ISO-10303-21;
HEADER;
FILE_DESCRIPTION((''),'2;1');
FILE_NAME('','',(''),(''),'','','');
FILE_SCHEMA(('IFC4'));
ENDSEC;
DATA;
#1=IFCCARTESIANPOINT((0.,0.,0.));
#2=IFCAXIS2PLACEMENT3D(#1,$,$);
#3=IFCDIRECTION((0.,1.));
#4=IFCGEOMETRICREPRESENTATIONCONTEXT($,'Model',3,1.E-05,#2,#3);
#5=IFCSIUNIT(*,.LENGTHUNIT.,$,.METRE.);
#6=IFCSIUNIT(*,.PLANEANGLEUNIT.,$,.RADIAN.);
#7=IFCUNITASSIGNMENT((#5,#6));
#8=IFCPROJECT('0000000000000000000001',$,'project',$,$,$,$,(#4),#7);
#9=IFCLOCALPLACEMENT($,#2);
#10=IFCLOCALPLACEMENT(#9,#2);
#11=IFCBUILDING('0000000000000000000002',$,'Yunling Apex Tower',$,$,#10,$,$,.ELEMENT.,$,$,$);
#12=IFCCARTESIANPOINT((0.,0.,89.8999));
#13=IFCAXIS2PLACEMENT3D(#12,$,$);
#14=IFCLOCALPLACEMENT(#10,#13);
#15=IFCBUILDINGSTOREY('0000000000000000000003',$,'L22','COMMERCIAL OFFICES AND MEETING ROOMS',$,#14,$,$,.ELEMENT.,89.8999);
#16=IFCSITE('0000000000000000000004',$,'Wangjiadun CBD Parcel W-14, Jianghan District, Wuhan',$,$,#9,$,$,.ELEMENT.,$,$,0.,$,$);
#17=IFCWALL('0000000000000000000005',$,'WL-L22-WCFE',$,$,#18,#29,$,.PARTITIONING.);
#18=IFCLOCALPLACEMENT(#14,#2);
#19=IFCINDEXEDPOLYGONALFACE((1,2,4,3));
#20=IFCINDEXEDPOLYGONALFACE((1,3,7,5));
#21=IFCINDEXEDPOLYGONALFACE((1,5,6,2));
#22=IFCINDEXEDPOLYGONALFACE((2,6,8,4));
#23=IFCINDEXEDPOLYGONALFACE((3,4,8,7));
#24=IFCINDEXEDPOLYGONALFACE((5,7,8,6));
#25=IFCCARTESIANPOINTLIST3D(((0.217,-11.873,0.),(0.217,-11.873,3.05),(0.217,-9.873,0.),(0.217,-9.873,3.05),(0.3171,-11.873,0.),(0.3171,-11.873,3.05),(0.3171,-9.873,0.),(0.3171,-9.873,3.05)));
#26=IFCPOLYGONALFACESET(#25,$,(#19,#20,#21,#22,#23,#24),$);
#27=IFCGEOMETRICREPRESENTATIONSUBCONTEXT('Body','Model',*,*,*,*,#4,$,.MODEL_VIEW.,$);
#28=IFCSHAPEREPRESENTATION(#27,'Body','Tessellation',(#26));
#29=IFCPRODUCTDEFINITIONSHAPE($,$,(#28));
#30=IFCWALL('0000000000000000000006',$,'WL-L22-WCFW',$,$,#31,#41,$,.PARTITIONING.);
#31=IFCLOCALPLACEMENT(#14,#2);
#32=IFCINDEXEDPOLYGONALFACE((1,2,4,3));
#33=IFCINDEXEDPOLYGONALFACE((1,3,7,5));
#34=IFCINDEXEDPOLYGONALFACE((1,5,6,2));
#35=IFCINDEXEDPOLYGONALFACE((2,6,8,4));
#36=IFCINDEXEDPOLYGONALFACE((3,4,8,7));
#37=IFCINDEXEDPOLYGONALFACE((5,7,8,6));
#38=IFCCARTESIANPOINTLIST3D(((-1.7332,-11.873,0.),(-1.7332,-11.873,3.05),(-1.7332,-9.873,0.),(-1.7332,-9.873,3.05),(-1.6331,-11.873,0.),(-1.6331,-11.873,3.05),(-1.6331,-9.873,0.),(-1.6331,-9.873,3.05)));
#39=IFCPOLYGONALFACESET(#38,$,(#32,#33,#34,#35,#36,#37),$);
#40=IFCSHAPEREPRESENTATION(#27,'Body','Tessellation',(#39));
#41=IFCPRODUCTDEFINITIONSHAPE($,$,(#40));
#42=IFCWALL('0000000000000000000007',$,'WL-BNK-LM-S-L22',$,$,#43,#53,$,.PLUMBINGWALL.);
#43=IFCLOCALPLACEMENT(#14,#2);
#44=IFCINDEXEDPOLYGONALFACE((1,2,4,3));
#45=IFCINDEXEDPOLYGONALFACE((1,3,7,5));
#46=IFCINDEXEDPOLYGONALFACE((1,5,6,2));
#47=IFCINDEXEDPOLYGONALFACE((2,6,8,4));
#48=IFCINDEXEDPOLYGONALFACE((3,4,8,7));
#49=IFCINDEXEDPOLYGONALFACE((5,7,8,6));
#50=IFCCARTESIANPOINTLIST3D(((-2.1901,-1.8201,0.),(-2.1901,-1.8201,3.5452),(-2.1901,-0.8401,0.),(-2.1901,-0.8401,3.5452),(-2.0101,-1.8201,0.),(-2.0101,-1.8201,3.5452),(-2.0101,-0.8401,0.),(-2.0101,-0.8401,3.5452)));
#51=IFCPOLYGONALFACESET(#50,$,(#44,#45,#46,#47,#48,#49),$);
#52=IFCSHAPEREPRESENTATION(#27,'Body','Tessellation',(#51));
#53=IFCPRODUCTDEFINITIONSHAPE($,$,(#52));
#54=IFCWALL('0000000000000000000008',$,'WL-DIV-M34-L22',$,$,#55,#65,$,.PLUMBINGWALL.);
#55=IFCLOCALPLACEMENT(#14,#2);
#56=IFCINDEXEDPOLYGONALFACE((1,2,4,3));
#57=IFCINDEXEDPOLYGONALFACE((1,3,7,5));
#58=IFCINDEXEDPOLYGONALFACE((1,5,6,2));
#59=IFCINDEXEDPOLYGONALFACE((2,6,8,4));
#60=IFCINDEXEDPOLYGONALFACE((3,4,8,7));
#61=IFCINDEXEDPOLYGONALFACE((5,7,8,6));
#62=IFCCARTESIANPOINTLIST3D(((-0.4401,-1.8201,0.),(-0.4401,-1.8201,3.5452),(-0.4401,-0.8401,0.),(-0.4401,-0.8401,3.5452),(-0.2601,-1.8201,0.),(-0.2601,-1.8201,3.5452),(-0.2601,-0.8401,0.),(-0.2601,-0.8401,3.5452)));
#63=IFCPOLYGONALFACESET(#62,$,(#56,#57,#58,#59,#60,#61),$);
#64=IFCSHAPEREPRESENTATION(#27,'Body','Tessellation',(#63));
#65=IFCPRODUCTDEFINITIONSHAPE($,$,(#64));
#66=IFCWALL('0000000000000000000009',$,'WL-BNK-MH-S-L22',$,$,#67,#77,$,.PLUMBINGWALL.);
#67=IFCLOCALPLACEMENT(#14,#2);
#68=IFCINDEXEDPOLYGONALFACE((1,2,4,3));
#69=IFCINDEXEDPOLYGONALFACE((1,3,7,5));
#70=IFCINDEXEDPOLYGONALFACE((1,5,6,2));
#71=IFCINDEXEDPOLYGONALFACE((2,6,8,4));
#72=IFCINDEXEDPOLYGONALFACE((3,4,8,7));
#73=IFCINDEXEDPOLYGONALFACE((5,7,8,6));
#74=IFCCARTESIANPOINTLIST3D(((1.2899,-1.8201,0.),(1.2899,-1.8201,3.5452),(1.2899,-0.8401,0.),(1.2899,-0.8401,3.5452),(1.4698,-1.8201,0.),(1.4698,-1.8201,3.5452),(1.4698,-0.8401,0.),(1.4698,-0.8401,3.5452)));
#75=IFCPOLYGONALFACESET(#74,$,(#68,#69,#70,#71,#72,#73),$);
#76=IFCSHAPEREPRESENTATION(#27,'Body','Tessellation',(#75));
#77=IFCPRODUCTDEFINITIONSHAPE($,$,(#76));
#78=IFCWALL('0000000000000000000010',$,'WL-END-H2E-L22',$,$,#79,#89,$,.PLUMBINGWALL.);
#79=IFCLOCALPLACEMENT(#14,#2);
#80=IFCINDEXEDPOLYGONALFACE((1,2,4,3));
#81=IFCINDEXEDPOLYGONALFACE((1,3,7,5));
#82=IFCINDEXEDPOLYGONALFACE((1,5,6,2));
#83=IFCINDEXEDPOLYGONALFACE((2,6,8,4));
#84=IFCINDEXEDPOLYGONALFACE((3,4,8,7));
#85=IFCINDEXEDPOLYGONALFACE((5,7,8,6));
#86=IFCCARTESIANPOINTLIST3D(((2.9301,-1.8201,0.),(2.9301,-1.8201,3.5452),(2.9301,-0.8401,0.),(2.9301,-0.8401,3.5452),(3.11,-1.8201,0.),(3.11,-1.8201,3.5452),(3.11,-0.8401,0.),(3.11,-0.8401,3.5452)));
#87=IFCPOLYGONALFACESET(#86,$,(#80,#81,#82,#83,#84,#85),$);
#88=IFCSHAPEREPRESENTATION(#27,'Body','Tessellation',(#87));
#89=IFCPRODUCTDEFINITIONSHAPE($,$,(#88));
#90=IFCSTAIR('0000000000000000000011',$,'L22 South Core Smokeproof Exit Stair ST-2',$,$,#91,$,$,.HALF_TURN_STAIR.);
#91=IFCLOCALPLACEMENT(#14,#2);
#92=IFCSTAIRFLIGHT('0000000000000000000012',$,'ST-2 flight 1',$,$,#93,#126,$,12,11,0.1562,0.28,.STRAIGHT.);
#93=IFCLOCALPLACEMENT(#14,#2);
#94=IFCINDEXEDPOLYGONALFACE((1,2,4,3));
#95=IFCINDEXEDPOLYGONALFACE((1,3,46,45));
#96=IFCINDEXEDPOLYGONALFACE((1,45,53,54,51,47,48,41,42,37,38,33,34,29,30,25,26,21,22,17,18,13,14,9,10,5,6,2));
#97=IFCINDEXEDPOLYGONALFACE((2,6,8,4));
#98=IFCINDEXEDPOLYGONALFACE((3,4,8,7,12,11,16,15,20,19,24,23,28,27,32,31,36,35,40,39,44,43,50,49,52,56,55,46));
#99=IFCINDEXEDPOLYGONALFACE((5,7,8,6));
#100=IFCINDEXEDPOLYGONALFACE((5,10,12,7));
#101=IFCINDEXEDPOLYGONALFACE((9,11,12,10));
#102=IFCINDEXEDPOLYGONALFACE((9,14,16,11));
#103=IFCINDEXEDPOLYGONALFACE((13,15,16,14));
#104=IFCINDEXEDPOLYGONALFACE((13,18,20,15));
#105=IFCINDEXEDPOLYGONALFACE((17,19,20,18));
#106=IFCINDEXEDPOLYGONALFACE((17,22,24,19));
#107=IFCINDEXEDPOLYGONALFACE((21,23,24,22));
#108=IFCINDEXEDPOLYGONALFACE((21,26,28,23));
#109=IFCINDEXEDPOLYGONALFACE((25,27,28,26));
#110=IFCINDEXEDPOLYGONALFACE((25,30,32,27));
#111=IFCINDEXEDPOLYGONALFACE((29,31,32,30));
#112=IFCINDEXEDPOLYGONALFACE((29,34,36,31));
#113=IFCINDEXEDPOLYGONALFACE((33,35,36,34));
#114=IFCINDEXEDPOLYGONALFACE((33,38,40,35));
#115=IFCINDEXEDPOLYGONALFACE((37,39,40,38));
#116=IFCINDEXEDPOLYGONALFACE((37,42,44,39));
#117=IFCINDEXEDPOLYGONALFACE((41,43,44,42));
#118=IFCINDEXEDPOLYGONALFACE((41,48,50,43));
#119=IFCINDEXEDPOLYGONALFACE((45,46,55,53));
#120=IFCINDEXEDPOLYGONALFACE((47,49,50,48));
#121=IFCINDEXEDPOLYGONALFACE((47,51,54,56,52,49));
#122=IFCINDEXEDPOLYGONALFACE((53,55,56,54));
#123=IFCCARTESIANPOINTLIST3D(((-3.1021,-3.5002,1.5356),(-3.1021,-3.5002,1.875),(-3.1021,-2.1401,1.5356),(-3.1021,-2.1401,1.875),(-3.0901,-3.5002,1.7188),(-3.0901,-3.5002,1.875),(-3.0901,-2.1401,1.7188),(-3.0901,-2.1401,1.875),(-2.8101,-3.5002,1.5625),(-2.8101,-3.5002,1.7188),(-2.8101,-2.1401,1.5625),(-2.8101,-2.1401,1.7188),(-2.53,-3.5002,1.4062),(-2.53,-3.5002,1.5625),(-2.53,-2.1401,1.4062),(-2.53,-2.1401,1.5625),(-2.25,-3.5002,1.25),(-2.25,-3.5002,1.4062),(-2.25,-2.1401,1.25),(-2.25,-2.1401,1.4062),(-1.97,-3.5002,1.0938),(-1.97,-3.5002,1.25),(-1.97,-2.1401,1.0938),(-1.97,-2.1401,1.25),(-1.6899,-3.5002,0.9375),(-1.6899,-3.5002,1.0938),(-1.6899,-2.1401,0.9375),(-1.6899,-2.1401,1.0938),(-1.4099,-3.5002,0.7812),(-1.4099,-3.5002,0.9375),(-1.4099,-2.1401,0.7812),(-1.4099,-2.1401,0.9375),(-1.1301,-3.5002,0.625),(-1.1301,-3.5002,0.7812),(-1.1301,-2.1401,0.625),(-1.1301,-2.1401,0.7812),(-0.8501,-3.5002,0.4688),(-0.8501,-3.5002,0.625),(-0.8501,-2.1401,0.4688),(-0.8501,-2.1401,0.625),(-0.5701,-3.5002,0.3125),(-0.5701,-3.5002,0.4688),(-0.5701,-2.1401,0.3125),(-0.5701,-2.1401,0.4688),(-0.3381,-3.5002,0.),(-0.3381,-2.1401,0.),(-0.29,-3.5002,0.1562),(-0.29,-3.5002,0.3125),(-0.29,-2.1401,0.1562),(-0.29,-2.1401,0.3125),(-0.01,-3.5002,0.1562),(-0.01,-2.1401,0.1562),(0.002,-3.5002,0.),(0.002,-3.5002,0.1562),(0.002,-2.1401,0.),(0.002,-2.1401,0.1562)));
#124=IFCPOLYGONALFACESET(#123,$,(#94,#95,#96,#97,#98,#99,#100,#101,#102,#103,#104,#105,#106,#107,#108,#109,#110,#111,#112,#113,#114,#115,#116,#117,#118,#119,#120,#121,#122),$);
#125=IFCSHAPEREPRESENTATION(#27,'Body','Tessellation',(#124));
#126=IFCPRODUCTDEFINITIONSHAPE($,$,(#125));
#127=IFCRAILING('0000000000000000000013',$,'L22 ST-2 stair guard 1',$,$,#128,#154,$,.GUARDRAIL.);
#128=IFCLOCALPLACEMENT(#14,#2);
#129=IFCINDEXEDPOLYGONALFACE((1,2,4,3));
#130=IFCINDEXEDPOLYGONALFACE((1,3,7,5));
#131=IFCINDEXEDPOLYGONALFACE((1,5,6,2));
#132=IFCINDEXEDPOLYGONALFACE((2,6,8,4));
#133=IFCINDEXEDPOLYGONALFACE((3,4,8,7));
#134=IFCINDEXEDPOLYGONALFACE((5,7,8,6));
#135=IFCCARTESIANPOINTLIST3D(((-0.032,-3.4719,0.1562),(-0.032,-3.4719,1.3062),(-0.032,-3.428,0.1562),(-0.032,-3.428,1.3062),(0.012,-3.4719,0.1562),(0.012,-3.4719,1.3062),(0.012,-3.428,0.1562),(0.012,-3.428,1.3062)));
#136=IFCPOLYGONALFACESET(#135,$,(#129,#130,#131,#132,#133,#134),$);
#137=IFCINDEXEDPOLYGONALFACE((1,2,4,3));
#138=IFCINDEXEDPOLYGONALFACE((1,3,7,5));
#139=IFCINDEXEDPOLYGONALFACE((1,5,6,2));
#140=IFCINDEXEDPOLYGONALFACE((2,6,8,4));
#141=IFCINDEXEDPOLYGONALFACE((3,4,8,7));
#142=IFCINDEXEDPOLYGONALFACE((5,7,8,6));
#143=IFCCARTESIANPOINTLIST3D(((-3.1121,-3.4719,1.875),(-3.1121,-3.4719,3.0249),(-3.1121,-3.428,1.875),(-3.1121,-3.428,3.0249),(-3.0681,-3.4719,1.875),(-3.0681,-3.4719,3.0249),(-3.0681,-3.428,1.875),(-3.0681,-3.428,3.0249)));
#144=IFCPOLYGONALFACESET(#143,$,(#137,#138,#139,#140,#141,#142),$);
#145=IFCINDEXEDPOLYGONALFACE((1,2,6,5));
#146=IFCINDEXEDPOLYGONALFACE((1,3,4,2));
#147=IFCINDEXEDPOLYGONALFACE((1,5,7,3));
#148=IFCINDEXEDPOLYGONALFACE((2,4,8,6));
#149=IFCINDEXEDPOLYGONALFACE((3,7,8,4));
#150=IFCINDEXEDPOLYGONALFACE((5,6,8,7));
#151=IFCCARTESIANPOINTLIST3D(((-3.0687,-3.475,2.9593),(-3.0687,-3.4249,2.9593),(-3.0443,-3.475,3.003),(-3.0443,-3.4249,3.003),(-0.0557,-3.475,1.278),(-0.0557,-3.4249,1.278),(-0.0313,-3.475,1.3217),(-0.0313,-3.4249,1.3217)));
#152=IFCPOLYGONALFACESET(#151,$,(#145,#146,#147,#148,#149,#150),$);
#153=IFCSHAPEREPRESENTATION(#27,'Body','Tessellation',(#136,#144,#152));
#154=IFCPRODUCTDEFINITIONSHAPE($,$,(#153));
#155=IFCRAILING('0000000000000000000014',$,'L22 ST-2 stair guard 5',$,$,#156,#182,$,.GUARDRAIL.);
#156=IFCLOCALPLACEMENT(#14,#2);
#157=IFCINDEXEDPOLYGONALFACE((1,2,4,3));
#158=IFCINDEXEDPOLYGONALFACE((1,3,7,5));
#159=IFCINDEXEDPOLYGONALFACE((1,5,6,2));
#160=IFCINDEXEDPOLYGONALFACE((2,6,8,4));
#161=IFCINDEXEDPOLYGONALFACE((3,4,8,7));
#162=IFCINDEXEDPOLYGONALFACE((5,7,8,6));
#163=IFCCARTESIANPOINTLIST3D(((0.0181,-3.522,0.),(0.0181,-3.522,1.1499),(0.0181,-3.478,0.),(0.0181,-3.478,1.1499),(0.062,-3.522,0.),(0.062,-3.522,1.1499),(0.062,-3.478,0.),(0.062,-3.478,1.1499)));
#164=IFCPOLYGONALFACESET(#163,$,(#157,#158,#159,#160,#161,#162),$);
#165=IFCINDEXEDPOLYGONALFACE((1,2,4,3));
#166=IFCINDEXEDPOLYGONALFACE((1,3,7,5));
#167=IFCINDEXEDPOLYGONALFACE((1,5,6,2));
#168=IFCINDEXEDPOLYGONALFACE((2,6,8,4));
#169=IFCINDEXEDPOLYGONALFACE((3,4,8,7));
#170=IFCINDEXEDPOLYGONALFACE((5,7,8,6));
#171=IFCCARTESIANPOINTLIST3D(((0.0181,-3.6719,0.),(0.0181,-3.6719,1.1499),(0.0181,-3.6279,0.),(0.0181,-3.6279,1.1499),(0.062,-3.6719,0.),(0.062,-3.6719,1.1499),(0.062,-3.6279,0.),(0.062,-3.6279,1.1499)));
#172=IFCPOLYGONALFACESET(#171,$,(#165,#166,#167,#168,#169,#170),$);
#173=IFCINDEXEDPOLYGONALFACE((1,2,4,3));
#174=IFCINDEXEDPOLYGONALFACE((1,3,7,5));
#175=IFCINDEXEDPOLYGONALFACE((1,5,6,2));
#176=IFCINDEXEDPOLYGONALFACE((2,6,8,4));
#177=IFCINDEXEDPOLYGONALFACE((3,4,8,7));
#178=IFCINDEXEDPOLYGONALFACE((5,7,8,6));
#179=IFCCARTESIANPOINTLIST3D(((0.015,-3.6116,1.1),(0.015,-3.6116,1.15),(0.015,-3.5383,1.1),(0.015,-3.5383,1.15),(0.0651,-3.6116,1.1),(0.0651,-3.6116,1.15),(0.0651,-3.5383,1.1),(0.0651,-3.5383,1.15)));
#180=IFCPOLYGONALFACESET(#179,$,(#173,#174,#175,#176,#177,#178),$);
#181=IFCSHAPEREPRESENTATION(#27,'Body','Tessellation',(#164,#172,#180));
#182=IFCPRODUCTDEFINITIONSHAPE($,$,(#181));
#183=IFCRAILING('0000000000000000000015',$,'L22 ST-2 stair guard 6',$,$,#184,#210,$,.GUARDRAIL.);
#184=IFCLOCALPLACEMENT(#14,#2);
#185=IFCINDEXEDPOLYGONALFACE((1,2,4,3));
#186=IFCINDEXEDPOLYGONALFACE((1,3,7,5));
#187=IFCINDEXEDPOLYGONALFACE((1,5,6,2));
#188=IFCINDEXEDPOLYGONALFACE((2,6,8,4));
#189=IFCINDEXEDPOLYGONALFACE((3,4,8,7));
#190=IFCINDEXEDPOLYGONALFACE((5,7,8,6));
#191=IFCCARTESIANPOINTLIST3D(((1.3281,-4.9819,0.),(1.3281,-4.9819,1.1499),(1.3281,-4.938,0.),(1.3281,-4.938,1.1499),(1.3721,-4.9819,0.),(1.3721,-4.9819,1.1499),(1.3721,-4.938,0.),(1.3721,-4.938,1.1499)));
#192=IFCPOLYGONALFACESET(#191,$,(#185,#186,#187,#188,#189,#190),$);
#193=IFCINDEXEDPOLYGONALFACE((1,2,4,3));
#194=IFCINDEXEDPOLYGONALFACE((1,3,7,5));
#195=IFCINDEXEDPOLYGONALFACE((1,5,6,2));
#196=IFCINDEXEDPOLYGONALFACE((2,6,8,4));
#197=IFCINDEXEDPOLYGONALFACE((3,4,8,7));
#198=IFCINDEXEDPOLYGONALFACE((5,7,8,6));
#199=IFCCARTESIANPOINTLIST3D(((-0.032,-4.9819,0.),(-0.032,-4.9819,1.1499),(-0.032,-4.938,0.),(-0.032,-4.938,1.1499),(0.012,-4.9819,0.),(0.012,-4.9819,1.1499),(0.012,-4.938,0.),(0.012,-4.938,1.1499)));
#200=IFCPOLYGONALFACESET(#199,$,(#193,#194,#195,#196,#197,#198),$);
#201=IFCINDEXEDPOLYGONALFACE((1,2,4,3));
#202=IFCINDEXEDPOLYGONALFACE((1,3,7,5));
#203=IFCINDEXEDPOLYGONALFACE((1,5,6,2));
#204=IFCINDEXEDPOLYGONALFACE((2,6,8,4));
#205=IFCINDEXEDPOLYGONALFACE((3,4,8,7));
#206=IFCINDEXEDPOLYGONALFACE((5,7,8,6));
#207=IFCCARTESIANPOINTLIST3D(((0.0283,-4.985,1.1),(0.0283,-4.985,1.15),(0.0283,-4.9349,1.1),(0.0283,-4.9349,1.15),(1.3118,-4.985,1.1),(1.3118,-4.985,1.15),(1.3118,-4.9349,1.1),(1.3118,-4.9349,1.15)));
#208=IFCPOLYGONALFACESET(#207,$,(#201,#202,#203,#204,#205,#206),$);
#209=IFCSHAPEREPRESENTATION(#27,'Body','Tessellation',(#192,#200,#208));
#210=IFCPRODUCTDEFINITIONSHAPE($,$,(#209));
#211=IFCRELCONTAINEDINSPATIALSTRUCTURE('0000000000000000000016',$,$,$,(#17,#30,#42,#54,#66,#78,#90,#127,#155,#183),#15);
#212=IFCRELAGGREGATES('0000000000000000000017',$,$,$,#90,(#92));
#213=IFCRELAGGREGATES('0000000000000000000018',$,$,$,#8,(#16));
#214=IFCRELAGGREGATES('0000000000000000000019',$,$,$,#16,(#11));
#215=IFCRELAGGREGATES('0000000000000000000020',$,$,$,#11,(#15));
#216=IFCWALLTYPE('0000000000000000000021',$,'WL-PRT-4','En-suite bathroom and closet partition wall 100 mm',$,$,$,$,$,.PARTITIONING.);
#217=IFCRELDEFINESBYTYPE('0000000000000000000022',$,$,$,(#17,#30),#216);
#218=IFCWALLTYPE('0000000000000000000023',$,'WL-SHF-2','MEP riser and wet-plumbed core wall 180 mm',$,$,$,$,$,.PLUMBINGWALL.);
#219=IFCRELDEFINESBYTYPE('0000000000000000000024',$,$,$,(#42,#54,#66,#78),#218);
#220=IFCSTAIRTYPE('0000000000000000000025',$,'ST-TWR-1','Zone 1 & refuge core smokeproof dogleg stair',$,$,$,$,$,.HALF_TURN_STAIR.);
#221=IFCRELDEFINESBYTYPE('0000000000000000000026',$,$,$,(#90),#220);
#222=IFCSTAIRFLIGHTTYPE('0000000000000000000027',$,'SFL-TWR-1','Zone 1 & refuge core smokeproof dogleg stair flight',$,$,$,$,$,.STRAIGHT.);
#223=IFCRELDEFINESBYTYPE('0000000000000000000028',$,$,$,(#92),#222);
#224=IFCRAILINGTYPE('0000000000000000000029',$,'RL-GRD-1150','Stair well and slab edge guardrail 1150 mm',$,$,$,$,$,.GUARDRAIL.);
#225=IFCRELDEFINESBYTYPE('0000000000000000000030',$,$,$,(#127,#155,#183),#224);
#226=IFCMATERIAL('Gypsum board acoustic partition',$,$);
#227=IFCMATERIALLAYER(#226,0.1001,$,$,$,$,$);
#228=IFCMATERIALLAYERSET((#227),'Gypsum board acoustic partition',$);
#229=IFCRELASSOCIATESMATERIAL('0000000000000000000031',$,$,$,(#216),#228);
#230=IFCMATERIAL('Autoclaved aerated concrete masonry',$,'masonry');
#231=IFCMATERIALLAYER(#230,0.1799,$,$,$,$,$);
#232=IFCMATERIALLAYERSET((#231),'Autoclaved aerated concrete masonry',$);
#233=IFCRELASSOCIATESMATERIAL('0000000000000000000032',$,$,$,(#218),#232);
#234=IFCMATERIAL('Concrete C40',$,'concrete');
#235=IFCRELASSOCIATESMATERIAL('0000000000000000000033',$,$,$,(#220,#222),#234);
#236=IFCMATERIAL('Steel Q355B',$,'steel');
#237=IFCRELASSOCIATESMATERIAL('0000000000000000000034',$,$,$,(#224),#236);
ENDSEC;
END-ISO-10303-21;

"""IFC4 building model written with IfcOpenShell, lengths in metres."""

from ifc_helpers import new_model, si_unit, direction, frame, frame_2d, origin, origin_2d, place, context, subcontext, project, spatial, polyline, rectangle, outline, extrude, material, layer, layer_set, type_object, element, aggregate, save


model = new_model("IFC4")

# Units and contexts
model_context = context("Model", 3, precision=1e-05, world=origin(), true_north=direction((0.0, 1.0)))
body_context = subcontext(model_context, "Body", "Model", "MODEL_VIEW")
ifc_project = project(units=[si_unit("LENGTHUNIT", "METRE"), si_unit("PLANEANGLEUNIT", "RADIAN")], contexts=[model_context])

# Site, building, storey
site_placement = place(None, origin())
site = spatial("IfcSite", under=ifc_project, at=site_placement, Name="Wangjiadun CBD Parcel W-14, Jianghan District, Wuhan", CompositionType="ELEMENT", RefElevation=0.0)
building_placement = place(site_placement, origin())
building = spatial("IfcBuilding", under=site, at=building_placement, Name="Yunling Apex Tower", CompositionType="ELEMENT")
storey_placement = place(building_placement, frame((0.0, 0.0, 89.8999)))
storey = spatial("IfcBuildingStorey", under=building, at=storey_placement, Name="L22", Description="COMMERCIAL OFFICES AND MEETING ROOMS", CompositionType="ELEMENT", Elevation=89.8999)

# Shared definitions
ifc_material_1 = material(Name="Concrete C40", Category="concrete")
ifc_material_2 = material(Name="Gypsum board acoustic partition")

# Shared definitions
ifc_layer_1 = layer(ifc_material_2, 0.1001)
ifc_layer_set_1 = layer_set([ifc_layer_1], Name="Gypsum board acoustic partition")
wall_type_1 = type_object("IfcWallType", Name="WL-PRT-4", Description="En-suite bathroom and closet partition wall 100 mm", PredefinedType="PARTITIONING", material=ifc_layer_set_1)

# Walls
for number, where, z_axis, x_axis, name in (
    (1, (0.2671, -9.873, 0.0), (0.0, 0.0, 1.0), (0.0, -1.0, 0.0), "WL-L22-WCFE"),
    (2, (-1.6831, -11.873, 0.0), (0.0, 0.0, 1.0), (0.0, 1.0, 0.0), "WL-L22-WCFW"),
):
    element("IfcWall", number, at=place(storey_placement, frame(where, z_axis=z_axis, x_axis=x_axis)), inside=storey, type_object=wall_type_1, Name=name, PredefinedType="PARTITIONING", context=body_context, shape_type="SweptSolid", body=[
        extrude(rectangle(XDim=2.0, YDim=0.1001, at=frame_2d((1.0, 0.0))), origin(), (0.0, 0.0, 1.0), 3.05),
    ])

# Shared definitions
ifc_material_3 = material(Name="Autoclaved aerated concrete masonry", Category="masonry")
ifc_material_4 = material(Name="Steel Q355B", Category="steel")

# Walls
ifc_layer_2 = layer(ifc_material_3, 0.1799)
ifc_layer_set_2 = layer_set([ifc_layer_2], Name="Autoclaved aerated concrete masonry")
wall_type_2 = type_object("IfcWallType", Name="WL-SHF-2", Description="MEP riser and wet-plumbed core wall 180 mm", PredefinedType="PLUMBINGWALL", material=ifc_layer_set_2)
for number, where, z_axis, x_axis, name in (
    (3, (-2.1001, -1.8201, 0.0), (0.0, 0.0, 1.0), (0.0, 1.0, 0.0), "WL-BNK-LM-S-L22"),
    (4, (-0.3501, -1.8201, 0.0), (0.0, 0.0, 1.0), (0.0, 1.0, 0.0), "WL-DIV-M34-L22"),
    (5, (1.3799, -1.8201, 0.0), (0.0, 0.0, 1.0), (0.0, 1.0, 0.0), "WL-BNK-MH-S-L22"),
    (6, (3.02, -1.8201, 0.0), (0.0, 0.0, 1.0), (0.0, 1.0, 0.0), "WL-END-H2E-L22"),
):
    element("IfcWall", number, at=place(storey_placement, frame(where, z_axis=z_axis, x_axis=x_axis)), inside=storey, type_object=wall_type_2, Name=name, PredefinedType="PLUMBINGWALL", context=body_context, shape_type="SweptSolid", body=[
        extrude(rectangle(XDim=0.98, YDim=0.1799, at=frame_2d((0.49, 0.0))), origin(), (0.0, 0.0, 1.0), 3.5452),
    ])

# Stair, stair flight
stair_type = type_object("IfcStairType", Name="ST-TWR-1", Description="Zone 1 & refuge core smokeproof dogleg stair", PredefinedType="HALF_TURN_STAIR", material=ifc_material_1)
stair_placement = place(storey_placement, origin())
stair = element("IfcStair", 7, at=stair_placement, inside=storey, type_object=stair_type, Name="L22 South Core Smokeproof Exit Stair ST-2", PredefinedType="HALF_TURN_STAIR")
stair_flight_type = type_object("IfcStairFlightType", Name="SFL-TWR-1", Description="Zone 1 & refuge core smokeproof dogleg stair flight", PredefinedType="STRAIGHT", material=ifc_material_1)
stair_flight_placement = place(storey_placement, frame((-0.01, -2.8201, 0.0), z_axis=(0.0, 0.0, 1.0), x_axis=(-1.0, 0.0, 0.0)))
stair_flight = element("IfcStairFlight", 8, at=stair_flight_placement, type_object=stair_flight_type, Name="ST-2 flight 1", NumberOfRisers=12, NumberOfTreads=11, PredefinedType="STRAIGHT", RiserHeight=0.1562, TreadLength=0.28, context=body_context, shape_type="SweptSolid", body=[
    extrude(outline(polyline([(-0.012, 0.0), (-0.012, 0.1562), (0.0, 0.1562), (0.28, 0.1562), (0.28, 0.3125), (0.5601, 0.3125), (0.5601, 0.4688), (0.8401, 0.4688), (0.8401, 0.625), (1.1201, 0.625), (1.1201, 0.7812), (1.3999, 0.7812), (1.3999, 0.9375), (1.6799, 0.9375), (1.6799, 1.0938), (1.96, 1.0938), (1.96, 1.25), (2.24, 1.25), (2.24, 1.4062), (2.52, 1.4062), (2.52, 1.5625), (2.8, 1.5625), (2.8, 1.7188), (3.0801, 1.7188), (3.0801, 1.875), (3.092, 1.875), (3.092, 1.5356), (0.3281, 0.0), (-0.012, 0.0)])), frame((0.0, 0.6802, 0.0), z_axis=(0.0, -1.0, 0.0), x_axis=(1.0, 0.0, 0.0)), (0.0, 0.0, 1.0), 1.3601),
])
aggregate(stair, [stair_flight])

# Railings
railing_type_1 = type_object("IfcRailingType", Name="RL-GRD-1150", Description="Stair well and slab edge guardrail 1150 mm", PredefinedType="GUARDRAIL", material=ifc_material_4)
railing_1_placement = place(storey_placement, frame((-0.01, -3.45, 0.1562)))
element("IfcRailing", 9, at=railing_1_placement, inside=storey, type_object=railing_type_1, Name="L22 ST-2 stair guard 1", PredefinedType="GUARDRAIL", context=body_context, shape_type="SweptSolid", body=[
    extrude(rectangle(XDim=0.0439, YDim=0.0439, at=origin_2d()), origin(), (0.0, 0.0, 1.0), 1.1499),
    extrude(rectangle(XDim=0.0439, YDim=0.0439, at=origin_2d()), frame((-3.0801, 0.0, 1.7188)), (0.0, 0.0, 1.0), 1.1499),
    extrude(rectangle(XDim=0.05, YDim=0.05, at=origin_2d()), frame((-0.0334, 0.0, 1.1436), z_axis=(-0.873242, 0.0, 0.487288), x_axis=(0.0, -1.0, 0.0)), (0.0, 0.0, 1.0), 3.4504),
])
railing_2_placement = place(storey_placement, frame((0.04, -3.5, 0.0)))
element("IfcRailing", 10, at=railing_2_placement, inside=storey, type_object=railing_type_1, Name="L22 ST-2 stair guard 5", PredefinedType="GUARDRAIL", context=body_context, shape_type="SweptSolid", body=[
    extrude(rectangle(XDim=0.0439, YDim=0.0439, at=origin_2d()), origin(), (0.0, 0.0, 1.0), 1.1499),
    extrude(rectangle(XDim=0.0439, YDim=0.0439, at=origin_2d()), frame((0.0, -0.1499, 0.0)), (0.0, 0.0, 1.0), 1.1499),
    extrude(rectangle(XDim=0.05, YDim=0.05, at=origin_2d()), frame((0.0, -0.0383, 1.125), z_axis=(0.0, -1.0, 0.0), x_axis=(1.0, 0.0, 0.0)), (0.0, 0.0, 1.0), 0.0732),
])
railing_3_placement = place(storey_placement, frame((1.3501, -4.96, 0.0)))
element("IfcRailing", 11, at=railing_3_placement, inside=storey, type_object=railing_type_1, Name="L22 ST-2 stair guard 6", PredefinedType="GUARDRAIL", context=body_context, shape_type="SweptSolid", body=[
    extrude(rectangle(XDim=0.0439, YDim=0.0439, at=origin_2d()), origin(), (0.0, 0.0, 1.0), 1.1499),
    extrude(rectangle(XDim=0.0439, YDim=0.0439, at=origin_2d()), frame((-1.3601, 0.0, 0.0)), (0.0, 0.0, 1.0), 1.1499),
    extrude(rectangle(XDim=0.05, YDim=0.05, at=origin_2d()), frame((-0.0383, 0.0, 1.125), z_axis=(-1.0, 0.0, 0.0), x_axis=(0.0, -1.0, 0.0)), (0.0, 0.0, 1.0), 1.2834),
])

save(model, "model.ifc")
